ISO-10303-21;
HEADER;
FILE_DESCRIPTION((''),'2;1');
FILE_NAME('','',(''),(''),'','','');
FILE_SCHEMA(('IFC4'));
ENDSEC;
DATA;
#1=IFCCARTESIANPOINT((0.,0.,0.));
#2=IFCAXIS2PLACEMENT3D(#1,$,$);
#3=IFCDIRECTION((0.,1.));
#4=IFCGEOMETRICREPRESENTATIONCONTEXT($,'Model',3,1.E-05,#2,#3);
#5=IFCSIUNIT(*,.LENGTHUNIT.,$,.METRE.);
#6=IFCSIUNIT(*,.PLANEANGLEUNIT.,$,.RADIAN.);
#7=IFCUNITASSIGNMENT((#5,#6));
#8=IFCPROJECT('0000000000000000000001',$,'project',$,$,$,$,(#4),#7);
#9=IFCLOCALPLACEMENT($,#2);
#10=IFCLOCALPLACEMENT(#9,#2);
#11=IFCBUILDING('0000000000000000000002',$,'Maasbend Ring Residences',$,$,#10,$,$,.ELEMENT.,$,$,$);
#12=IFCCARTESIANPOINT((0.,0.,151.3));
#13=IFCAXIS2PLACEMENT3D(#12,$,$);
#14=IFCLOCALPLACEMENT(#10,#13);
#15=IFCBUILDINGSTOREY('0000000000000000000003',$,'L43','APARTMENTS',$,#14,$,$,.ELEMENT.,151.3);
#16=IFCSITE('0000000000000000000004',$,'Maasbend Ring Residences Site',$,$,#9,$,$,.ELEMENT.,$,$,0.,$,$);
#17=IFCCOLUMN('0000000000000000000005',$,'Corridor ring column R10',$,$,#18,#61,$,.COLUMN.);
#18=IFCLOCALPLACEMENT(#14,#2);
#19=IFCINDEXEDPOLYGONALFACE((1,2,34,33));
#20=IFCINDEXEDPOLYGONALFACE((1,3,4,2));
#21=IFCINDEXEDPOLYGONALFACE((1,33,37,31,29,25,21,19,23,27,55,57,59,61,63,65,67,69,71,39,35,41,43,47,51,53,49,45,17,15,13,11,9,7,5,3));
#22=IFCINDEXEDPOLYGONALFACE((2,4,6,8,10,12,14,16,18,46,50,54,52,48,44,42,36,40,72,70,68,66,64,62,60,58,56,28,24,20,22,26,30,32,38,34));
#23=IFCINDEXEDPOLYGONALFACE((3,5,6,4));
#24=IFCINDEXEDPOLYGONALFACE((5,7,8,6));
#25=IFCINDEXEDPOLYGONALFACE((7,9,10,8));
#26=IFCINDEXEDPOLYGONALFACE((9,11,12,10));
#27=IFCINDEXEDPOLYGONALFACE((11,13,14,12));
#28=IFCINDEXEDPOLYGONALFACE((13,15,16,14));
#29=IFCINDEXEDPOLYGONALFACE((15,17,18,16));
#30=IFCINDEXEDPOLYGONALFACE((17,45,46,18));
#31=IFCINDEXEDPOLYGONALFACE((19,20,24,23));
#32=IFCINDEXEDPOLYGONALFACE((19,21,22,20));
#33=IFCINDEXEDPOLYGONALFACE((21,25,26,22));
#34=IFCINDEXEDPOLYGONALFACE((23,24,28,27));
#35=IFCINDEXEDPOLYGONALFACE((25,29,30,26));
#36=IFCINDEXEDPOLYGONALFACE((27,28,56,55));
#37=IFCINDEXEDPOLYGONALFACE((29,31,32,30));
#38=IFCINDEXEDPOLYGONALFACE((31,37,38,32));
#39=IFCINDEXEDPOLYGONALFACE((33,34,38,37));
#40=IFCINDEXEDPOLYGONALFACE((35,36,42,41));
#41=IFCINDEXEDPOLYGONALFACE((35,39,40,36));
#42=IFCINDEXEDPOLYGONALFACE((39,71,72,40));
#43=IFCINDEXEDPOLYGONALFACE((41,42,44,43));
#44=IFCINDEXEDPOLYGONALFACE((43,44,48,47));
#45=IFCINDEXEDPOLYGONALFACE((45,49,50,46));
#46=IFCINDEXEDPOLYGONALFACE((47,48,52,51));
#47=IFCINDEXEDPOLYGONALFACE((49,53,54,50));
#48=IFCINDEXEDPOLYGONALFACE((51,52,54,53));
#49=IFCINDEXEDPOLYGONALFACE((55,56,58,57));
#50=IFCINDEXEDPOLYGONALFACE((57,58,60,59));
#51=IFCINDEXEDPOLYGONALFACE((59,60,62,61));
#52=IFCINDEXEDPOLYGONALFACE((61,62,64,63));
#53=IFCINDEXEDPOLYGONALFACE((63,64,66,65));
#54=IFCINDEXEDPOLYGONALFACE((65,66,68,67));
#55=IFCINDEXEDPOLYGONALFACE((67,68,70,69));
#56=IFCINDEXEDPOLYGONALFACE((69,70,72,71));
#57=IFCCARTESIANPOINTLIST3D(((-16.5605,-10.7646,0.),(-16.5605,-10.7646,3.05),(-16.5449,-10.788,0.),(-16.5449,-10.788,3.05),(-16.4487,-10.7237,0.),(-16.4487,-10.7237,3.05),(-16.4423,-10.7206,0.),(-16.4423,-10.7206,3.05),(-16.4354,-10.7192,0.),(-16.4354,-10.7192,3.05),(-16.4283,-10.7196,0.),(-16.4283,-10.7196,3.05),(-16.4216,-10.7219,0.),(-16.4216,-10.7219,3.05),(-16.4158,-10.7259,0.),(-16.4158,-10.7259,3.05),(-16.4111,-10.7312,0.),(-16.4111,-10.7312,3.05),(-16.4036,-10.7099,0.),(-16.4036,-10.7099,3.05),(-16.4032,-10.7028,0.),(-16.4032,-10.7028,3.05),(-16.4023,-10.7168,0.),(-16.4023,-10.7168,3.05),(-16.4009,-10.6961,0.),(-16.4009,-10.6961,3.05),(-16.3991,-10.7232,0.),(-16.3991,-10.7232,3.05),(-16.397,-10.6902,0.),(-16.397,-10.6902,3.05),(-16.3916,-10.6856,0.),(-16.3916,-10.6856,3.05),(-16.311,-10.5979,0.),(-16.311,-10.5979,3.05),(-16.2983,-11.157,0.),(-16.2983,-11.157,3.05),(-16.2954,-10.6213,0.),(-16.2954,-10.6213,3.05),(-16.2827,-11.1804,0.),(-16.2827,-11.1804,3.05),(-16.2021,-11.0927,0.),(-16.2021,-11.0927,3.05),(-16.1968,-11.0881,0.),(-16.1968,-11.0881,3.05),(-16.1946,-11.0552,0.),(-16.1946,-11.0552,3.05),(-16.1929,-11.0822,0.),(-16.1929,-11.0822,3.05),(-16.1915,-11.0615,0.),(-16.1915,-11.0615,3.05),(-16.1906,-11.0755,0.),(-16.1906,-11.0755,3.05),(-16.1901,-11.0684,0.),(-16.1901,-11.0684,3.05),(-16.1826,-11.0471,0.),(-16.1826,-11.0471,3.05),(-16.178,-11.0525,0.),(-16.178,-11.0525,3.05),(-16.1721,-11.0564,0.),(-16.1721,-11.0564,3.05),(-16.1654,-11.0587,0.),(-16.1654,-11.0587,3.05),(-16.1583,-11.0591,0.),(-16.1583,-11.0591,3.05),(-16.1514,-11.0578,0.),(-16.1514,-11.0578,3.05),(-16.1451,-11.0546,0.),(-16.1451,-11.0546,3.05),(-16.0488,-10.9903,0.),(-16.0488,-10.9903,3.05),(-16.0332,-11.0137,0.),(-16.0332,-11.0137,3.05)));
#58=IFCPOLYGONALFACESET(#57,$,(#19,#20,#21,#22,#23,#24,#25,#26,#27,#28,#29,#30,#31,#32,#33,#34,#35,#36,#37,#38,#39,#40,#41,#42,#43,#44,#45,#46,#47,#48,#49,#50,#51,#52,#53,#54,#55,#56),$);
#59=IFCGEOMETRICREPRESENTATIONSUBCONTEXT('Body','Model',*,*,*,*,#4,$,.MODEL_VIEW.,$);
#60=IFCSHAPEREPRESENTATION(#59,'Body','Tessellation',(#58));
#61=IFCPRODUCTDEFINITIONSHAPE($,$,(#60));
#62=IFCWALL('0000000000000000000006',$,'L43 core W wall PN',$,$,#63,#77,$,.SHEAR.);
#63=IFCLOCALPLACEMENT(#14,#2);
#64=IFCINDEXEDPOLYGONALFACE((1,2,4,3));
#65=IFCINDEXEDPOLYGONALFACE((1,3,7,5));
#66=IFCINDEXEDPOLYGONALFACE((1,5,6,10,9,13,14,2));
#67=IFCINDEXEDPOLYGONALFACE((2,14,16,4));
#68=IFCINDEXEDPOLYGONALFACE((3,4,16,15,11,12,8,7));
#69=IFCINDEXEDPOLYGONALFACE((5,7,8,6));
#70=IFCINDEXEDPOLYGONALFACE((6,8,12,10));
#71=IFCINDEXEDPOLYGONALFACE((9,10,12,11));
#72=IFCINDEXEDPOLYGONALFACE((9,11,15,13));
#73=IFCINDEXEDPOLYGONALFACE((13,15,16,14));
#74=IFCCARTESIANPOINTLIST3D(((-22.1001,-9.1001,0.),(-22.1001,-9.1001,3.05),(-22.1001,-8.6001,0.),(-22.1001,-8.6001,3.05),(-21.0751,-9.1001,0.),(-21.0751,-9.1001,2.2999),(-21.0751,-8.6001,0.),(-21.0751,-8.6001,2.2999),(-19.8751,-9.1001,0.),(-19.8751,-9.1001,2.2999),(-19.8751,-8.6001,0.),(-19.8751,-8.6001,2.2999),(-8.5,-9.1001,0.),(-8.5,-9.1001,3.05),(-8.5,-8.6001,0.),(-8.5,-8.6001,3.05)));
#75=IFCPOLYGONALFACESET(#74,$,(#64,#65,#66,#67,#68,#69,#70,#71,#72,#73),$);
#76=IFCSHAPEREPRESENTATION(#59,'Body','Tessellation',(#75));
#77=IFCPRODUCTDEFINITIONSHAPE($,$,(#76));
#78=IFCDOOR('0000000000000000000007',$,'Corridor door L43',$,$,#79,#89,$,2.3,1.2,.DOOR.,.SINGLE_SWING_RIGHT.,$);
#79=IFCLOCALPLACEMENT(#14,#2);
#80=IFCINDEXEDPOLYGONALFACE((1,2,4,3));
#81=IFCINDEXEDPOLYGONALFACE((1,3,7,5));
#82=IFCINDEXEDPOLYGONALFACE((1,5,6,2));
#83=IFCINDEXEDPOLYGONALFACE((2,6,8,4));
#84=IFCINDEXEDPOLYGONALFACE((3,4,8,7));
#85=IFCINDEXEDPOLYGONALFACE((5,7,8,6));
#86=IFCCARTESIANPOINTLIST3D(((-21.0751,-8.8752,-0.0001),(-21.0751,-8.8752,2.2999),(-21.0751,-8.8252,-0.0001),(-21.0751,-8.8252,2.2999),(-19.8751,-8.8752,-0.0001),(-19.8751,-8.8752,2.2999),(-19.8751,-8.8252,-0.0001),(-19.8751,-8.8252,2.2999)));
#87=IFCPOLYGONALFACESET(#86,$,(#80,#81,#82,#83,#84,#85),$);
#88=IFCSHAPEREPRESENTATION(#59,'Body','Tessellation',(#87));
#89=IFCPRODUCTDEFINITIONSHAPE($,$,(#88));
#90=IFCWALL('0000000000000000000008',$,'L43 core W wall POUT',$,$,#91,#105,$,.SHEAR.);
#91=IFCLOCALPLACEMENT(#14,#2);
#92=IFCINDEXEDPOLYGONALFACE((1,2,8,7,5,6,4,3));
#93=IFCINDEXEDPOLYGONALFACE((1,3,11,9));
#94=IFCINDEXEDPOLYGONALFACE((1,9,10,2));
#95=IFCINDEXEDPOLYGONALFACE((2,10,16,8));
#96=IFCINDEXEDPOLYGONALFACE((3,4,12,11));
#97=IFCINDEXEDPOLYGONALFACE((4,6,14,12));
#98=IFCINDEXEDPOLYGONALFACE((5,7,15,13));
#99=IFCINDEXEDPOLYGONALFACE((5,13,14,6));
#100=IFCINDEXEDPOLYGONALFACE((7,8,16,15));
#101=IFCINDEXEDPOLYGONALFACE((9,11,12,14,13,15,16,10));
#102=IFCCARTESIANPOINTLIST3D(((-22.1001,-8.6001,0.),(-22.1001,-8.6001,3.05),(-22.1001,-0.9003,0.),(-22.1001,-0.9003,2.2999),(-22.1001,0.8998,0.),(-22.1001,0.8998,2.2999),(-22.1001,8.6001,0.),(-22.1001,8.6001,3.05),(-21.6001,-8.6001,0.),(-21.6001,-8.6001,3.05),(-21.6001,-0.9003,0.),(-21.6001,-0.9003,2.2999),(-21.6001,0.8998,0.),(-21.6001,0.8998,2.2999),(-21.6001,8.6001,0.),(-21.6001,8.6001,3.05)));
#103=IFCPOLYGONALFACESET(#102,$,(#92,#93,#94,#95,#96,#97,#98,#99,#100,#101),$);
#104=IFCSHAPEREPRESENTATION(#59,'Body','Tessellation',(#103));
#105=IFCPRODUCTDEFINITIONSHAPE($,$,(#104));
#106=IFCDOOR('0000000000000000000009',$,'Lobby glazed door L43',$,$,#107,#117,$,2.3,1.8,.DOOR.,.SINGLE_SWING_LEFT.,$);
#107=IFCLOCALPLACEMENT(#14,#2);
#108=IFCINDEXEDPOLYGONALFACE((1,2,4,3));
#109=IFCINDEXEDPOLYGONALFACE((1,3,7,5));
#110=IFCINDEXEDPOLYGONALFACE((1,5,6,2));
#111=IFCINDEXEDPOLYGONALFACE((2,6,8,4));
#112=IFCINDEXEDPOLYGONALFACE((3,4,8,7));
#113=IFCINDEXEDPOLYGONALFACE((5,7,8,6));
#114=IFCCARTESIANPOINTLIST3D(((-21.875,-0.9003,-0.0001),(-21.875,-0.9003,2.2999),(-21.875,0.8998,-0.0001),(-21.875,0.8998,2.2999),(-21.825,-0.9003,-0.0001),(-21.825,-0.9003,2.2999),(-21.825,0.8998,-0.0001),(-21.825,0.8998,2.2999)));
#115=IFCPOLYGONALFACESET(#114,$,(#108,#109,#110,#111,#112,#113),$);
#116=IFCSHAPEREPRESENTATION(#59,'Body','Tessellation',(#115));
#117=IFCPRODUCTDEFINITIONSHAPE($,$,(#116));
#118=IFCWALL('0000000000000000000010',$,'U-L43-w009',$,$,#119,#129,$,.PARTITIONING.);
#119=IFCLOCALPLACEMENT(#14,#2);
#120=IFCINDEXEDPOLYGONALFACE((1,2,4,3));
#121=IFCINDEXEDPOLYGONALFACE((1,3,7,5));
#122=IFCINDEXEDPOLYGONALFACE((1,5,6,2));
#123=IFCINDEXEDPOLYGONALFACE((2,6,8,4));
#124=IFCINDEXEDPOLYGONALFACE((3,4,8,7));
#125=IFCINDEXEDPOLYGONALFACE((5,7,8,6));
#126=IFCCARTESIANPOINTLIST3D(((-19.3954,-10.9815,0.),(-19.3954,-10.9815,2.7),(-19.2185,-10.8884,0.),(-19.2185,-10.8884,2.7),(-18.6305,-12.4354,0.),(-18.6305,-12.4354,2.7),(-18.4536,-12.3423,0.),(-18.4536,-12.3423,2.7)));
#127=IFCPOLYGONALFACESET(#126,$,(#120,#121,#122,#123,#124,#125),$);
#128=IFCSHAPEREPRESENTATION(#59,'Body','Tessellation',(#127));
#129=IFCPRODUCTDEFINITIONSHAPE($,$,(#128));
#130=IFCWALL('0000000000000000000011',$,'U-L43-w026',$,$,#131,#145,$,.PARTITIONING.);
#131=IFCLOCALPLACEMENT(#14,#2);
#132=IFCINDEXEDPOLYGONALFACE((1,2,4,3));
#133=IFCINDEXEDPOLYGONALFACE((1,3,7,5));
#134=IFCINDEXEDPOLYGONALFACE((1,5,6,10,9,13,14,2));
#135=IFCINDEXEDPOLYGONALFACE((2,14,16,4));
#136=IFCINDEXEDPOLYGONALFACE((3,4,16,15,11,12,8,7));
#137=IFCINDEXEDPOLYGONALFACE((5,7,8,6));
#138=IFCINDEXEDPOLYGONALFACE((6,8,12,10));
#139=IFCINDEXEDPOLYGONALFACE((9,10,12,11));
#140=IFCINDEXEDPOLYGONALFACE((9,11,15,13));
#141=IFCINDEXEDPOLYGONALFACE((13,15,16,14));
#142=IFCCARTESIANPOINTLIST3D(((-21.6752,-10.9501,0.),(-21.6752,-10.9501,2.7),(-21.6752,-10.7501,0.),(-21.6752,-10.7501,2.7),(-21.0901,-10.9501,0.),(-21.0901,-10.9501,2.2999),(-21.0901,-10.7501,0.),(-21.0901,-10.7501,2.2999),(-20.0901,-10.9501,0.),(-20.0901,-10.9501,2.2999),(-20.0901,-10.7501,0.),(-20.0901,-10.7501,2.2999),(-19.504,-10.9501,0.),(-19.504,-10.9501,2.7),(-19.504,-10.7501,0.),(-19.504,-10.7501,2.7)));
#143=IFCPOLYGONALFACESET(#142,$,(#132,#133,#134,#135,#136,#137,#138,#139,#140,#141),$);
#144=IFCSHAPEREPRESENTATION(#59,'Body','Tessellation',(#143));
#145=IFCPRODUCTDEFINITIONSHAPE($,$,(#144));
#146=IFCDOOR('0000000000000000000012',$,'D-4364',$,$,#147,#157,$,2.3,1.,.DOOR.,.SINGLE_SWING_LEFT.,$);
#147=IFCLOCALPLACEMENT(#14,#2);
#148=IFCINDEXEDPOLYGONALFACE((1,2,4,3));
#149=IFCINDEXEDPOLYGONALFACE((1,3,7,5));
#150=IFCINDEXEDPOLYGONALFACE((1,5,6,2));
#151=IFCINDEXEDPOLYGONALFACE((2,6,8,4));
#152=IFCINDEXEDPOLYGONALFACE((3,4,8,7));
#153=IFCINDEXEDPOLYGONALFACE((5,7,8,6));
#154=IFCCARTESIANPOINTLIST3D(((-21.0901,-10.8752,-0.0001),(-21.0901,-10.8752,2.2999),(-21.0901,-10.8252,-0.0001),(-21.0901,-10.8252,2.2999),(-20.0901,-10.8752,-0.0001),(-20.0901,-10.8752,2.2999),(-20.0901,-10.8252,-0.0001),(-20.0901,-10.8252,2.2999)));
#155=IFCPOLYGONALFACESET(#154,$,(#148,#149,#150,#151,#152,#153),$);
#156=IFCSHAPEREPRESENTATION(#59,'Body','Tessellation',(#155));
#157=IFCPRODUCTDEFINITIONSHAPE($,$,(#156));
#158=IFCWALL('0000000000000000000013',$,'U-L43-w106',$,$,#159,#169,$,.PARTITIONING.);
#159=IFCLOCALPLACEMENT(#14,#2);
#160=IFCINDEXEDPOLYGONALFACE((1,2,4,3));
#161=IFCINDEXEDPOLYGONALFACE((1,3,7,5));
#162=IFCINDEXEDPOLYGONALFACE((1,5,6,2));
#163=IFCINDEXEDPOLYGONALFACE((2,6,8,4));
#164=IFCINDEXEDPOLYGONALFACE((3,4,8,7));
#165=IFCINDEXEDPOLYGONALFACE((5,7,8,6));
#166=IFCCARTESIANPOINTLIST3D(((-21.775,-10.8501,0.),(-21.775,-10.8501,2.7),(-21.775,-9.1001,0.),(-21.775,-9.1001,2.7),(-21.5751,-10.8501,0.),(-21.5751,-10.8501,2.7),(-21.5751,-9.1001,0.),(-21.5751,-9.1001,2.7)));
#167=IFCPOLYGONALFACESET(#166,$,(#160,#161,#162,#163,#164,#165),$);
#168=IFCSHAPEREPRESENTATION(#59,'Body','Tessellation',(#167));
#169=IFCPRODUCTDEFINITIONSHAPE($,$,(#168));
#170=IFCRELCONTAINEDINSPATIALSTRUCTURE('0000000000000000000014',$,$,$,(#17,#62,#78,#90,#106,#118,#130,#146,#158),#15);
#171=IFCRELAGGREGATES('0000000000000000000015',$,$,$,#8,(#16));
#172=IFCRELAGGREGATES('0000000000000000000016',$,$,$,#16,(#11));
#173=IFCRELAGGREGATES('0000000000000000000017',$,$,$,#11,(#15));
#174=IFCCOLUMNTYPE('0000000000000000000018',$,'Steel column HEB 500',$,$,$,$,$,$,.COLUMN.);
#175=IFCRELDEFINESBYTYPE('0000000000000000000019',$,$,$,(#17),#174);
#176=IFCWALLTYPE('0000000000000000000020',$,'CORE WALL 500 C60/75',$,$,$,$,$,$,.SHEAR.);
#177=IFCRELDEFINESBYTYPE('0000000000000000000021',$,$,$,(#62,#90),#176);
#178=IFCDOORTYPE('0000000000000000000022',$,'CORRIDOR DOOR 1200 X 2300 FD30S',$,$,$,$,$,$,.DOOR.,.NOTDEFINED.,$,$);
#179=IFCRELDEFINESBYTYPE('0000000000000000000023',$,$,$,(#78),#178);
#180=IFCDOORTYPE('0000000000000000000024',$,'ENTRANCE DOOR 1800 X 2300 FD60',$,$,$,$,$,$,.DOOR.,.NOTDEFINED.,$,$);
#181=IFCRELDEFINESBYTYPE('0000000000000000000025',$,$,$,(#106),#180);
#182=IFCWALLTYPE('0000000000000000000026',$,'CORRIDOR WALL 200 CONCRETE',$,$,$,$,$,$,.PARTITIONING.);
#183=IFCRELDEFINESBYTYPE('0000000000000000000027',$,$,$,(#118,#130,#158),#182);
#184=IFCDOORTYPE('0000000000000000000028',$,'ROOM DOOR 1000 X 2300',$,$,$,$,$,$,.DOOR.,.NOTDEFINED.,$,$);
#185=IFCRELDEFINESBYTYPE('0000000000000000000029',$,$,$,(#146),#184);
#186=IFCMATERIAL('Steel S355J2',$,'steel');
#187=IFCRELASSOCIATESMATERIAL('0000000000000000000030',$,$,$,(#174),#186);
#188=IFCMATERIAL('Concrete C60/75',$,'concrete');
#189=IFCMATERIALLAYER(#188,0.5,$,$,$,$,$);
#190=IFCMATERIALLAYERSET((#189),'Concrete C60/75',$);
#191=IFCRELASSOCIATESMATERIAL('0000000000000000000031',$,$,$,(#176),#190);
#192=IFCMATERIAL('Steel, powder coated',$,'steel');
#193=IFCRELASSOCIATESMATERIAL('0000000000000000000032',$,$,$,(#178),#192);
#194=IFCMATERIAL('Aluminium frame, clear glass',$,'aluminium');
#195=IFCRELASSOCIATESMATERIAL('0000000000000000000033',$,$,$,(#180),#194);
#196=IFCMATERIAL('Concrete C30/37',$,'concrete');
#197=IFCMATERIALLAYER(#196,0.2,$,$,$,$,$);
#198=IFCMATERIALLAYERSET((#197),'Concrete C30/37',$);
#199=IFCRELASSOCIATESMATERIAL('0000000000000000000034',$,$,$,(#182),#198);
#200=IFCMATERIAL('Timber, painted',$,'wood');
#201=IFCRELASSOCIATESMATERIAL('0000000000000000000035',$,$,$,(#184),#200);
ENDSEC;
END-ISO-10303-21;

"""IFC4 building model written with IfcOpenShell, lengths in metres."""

from ifc_helpers import new_model, si_unit, direction, frame, frame_2d, origin, origin_2d, place, context, subcontext, project, spatial, rectangle, i_section, extrude, material, layer, layer_set, material_profile, profile_set, type_object, element, fill, save


model = new_model("IFC4")

# Units and contexts
model_context = context("Model", 3, precision=1e-05, world=origin(), true_north=direction((0.0, 1.0)))
body_context = subcontext(model_context, "Body", "Model", "MODEL_VIEW")
ifc_project = project(units=[si_unit("LENGTHUNIT", "METRE"), si_unit("PLANEANGLEUNIT", "RADIAN")], contexts=[model_context])

# Site, building, storey
site_placement = place(None, origin())
site = spatial("IfcSite", under=ifc_project, at=site_placement, Name="Maasbend Ring Residences Site", CompositionType="ELEMENT", RefElevation=0.0)
building_placement = place(site_placement, origin())
building = spatial("IfcBuilding", under=site, at=building_placement, Name="Maasbend Ring Residences", CompositionType="ELEMENT")
storey_placement = place(building_placement, frame((0.0, 0.0, 151.3)))
storey = spatial("IfcBuildingStorey", under=building, at=storey_placement, Name="L43", Description="APARTMENTS", CompositionType="ELEMENT", Elevation=151.3)

# Column
ifc_material_1 = material(Name="Steel S355J2", Category="steel")
ifc_material_profile = material_profile(ifc_material_1, i_section(OverallWidth=0.3, OverallDepth=0.5, WebThickness=0.0144, FlangeThickness=0.0281, FilletRadius=0.0271, at=origin_2d()), Name="HEB 500")
ifc_profile_set = profile_set([ifc_material_profile], Name="Steel S355J2")
column_type = type_object("IfcColumnType", Name="Steel column HEB 500", PredefinedType="COLUMN", material=ifc_profile_set)
column_placement = place(storey_placement, frame((-16.2969, -10.8892, 0.0), z_axis=(0.0, 0.0, 1.0), x_axis=(-0.83147, -0.55557, 0.0)))
element("IfcColumn", 1, at=column_placement, inside=storey, type_object=column_type, Name="Corridor ring column R10", PredefinedType="COLUMN", context=body_context, shape_type="SweptSolid", body=[
    extrude(i_section(OverallWidth=0.3, OverallDepth=0.5, WebThickness=0.0144, FlangeThickness=0.0281, FilletRadius=0.0271, at=origin_2d()), origin(), (0.0, 0.0, 1.0), 3.05),
])

# Walls, openings, doors
ifc_material_2 = material(Name="Concrete C60/75", Category="concrete")
ifc_layer_1 = layer(ifc_material_2, 0.5)
ifc_layer_set_1 = layer_set([ifc_layer_1], Name="Concrete C60/75")
wall_type_1 = type_object("IfcWallType", Name="CORE WALL 500 C60/75", PredefinedType="SHEAR", material=ifc_layer_set_1)
wall_1_placement = place(storey_placement, frame((-22.1001, -8.8501, 0.0), z_axis=(0.0, 0.0, 1.0), x_axis=(1.0, 0.0, 0.0)))
wall_1 = element("IfcWall", 2, at=wall_1_placement, inside=storey, type_object=wall_type_1, Name="L43 core W wall PN", PredefinedType="SHEAR", context=body_context, shape_type="SweptSolid", body=[
    extrude(rectangle(XDim=13.6001, YDim=0.5, at=frame_2d((6.8, 0.0))), origin(), (0.0, 0.0, 1.0), 3.05),
])
opening_1_placement = place(wall_1_placement, frame((1.0249, 0.0, 0.0)))
opening_1 = element("IfcOpeningElement", 3, at=opening_1_placement, cuts=wall_1, PredefinedType="OPENING", context=body_context, shape_type="SweptSolid", body=[
    extrude(rectangle(XDim=1.2, YDim=2.3, at=frame_2d((0.6001, 1.1499))), frame((0.0, 0.26, 0.0), z_axis=(0.0, -1.0, 0.0), x_axis=(1.0, 0.0, 0.0)), (0.0, 0.0, 1.0), 0.52),
])
ifc_material_3 = material(Name="Steel, powder coated", Category="steel")
door_type_1 = type_object("IfcDoorType", Name="CORRIDOR DOOR 1200 X 2300 FD30S", OperationType="NOTDEFINED", PredefinedType="DOOR", material=ifc_material_3)
door_1_placement = place(opening_1_placement, origin())
door_1 = element("IfcDoor", 4, at=door_1_placement, inside=storey, type_object=door_type_1, Name="Corridor door L43", OperationType="SINGLE_SWING_RIGHT", OverallHeight=2.3, OverallWidth=1.2, PredefinedType="DOOR", context=body_context, shape_type="SweptSolid", body=[
    extrude(rectangle(XDim=1.2, YDim=2.3, at=frame_2d((0.6001, 1.1499))), frame((0.0, 0.0249, 0.0), z_axis=(0.0, -1.0, 0.0), x_axis=(1.0, 0.0, 0.0)), (0.0, 0.0, 1.0), 0.05),
])
fill(opening_1, door_1)
wall_2_placement = place(storey_placement, frame((-21.8501, -8.6001, 0.0), z_axis=(0.0, 0.0, 1.0), x_axis=(0.0, 1.0, 0.0)))
wall_2 = element("IfcWall", 5, at=wall_2_placement, inside=storey, type_object=wall_type_1, Name="L43 core W wall POUT", PredefinedType="SHEAR", context=body_context, shape_type="SweptSolid", body=[
    extrude(rectangle(XDim=17.2002, YDim=0.5, at=frame_2d((8.6001, 0.0))), origin(), (0.0, 0.0, 1.0), 3.05),
])
opening_2_placement = place(wall_2_placement, frame((7.7, 0.0, 0.0)))
opening_2 = element("IfcOpeningElement", 6, at=opening_2_placement, cuts=wall_2, PredefinedType="OPENING", context=body_context, shape_type="SweptSolid", body=[
    extrude(rectangle(XDim=1.8, YDim=2.3, at=frame_2d((0.8999, 1.1499))), frame((0.0, 0.26, 0.0), z_axis=(0.0, -1.0, 0.0), x_axis=(1.0, 0.0, 0.0)), (0.0, 0.0, 1.0), 0.52),
])
ifc_material_4 = material(Name="Aluminium frame, clear glass", Category="aluminium")
door_type_2 = type_object("IfcDoorType", Name="ENTRANCE DOOR 1800 X 2300 FD60", OperationType="NOTDEFINED", PredefinedType="DOOR", material=ifc_material_4)
door_2_placement = place(opening_2_placement, origin())
door_2 = element("IfcDoor", 7, at=door_2_placement, inside=storey, type_object=door_type_2, Name="Lobby glazed door L43", OperationType="SINGLE_SWING_LEFT", OverallHeight=2.3, OverallWidth=1.8, PredefinedType="DOOR", context=body_context, shape_type="SweptSolid", body=[
    extrude(rectangle(XDim=1.8, YDim=2.3, at=frame_2d((0.8999, 1.1499))), frame((0.0, 0.0249, 0.0), z_axis=(0.0, -1.0, 0.0), x_axis=(1.0, 0.0, 0.0)), (0.0, 0.0, 1.0), 0.05),
])
fill(opening_2, door_2)

# Wall
ifc_material_5 = material(Name="Concrete C30/37", Category="concrete")
ifc_layer_2 = layer(ifc_material_5, 0.2)
ifc_layer_set_2 = layer_set([ifc_layer_2], Name="Concrete C30/37")
wall_type_2 = type_object("IfcWallType", Name="CORRIDOR WALL 200 CONCRETE", PredefinedType="PARTITIONING", material=ifc_layer_set_2)
wall_3_placement = place(storey_placement, frame((-19.3069, -10.9351, 0.0), z_axis=(0.0, 0.0, 1.0), x_axis=(0.465606, -0.884992, 0.0)))
element("IfcWall", 8, at=wall_3_placement, inside=storey, type_object=wall_type_2, Name="U-L43-w009", PredefinedType="PARTITIONING", context=body_context, shape_type="SweptSolid", body=[
    extrude(rectangle(XDim=1.6428, YDim=0.2, at=frame_2d((0.8213, 0.0))), origin(), (0.0, 0.0, 1.0), 2.7),
])

# Wall, opening, door
wall_4_placement = place(storey_placement, frame((-21.675, -10.8501, 0.0), z_axis=(0.0, 0.0, 1.0), x_axis=(1.0, 0.0, 0.0)))
wall_4 = element("IfcWall", 9, at=wall_4_placement, inside=storey, type_object=wall_type_2, Name="U-L43-w026", PredefinedType="PARTITIONING", context=body_context, shape_type="SweptSolid", body=[
    extrude(rectangle(XDim=2.1711, YDim=0.2, at=frame_2d((1.0854, 0.0))), origin(), (0.0, 0.0, 1.0), 2.7),
])
opening_3_placement = place(wall_4_placement, frame((0.585, 0.0, 0.0)))
opening_3 = element("IfcOpeningElement", 10, at=opening_3_placement, cuts=wall_4, PredefinedType="OPENING", context=body_context, shape_type="SweptSolid", body=[
    extrude(rectangle(XDim=1.0, YDim=2.3, at=frame_2d((0.5, 1.1499))), frame((0.0, 0.1099, 0.0), z_axis=(0.0, -1.0, 0.0), x_axis=(1.0, 0.0, 0.0)), (0.0, 0.0, 1.0), 0.22),
])
ifc_material_6 = material(Name="Timber, painted", Category="wood")
door_type_3 = type_object("IfcDoorType", Name="ROOM DOOR 1000 X 2300", OperationType="NOTDEFINED", PredefinedType="DOOR", material=ifc_material_6)
door_3_placement = place(opening_3_placement, origin())
door_3 = element("IfcDoor", 11, at=door_3_placement, inside=storey, type_object=door_type_3, Name="D-4364", OperationType="SINGLE_SWING_LEFT", OverallHeight=2.3, OverallWidth=1.0, PredefinedType="DOOR", context=body_context, shape_type="SweptSolid", body=[
    extrude(rectangle(XDim=1.0, YDim=2.3, at=frame_2d((0.5, 1.1499))), frame((0.0, 0.0249, 0.0), z_axis=(0.0, -1.0, 0.0), x_axis=(1.0, 0.0, 0.0)), (0.0, 0.0, 1.0), 0.05),
])
fill(opening_3, door_3)

# Wall
wall_5_placement = place(storey_placement, frame((-21.675, -10.8501, 0.0), z_axis=(0.0, 0.0, 1.0), x_axis=(0.0, 1.0, 0.0)))
element("IfcWall", 12, at=wall_5_placement, inside=storey, type_object=wall_type_2, Name="U-L43-w106", PredefinedType="PARTITIONING", context=body_context, shape_type="SweptSolid", body=[
    extrude(rectangle(XDim=1.75, YDim=0.2, at=frame_2d((0.875, 0.0))), origin(), (0.0, 0.0, 1.0), 2.7),
])

save(model, "model.ifc")
